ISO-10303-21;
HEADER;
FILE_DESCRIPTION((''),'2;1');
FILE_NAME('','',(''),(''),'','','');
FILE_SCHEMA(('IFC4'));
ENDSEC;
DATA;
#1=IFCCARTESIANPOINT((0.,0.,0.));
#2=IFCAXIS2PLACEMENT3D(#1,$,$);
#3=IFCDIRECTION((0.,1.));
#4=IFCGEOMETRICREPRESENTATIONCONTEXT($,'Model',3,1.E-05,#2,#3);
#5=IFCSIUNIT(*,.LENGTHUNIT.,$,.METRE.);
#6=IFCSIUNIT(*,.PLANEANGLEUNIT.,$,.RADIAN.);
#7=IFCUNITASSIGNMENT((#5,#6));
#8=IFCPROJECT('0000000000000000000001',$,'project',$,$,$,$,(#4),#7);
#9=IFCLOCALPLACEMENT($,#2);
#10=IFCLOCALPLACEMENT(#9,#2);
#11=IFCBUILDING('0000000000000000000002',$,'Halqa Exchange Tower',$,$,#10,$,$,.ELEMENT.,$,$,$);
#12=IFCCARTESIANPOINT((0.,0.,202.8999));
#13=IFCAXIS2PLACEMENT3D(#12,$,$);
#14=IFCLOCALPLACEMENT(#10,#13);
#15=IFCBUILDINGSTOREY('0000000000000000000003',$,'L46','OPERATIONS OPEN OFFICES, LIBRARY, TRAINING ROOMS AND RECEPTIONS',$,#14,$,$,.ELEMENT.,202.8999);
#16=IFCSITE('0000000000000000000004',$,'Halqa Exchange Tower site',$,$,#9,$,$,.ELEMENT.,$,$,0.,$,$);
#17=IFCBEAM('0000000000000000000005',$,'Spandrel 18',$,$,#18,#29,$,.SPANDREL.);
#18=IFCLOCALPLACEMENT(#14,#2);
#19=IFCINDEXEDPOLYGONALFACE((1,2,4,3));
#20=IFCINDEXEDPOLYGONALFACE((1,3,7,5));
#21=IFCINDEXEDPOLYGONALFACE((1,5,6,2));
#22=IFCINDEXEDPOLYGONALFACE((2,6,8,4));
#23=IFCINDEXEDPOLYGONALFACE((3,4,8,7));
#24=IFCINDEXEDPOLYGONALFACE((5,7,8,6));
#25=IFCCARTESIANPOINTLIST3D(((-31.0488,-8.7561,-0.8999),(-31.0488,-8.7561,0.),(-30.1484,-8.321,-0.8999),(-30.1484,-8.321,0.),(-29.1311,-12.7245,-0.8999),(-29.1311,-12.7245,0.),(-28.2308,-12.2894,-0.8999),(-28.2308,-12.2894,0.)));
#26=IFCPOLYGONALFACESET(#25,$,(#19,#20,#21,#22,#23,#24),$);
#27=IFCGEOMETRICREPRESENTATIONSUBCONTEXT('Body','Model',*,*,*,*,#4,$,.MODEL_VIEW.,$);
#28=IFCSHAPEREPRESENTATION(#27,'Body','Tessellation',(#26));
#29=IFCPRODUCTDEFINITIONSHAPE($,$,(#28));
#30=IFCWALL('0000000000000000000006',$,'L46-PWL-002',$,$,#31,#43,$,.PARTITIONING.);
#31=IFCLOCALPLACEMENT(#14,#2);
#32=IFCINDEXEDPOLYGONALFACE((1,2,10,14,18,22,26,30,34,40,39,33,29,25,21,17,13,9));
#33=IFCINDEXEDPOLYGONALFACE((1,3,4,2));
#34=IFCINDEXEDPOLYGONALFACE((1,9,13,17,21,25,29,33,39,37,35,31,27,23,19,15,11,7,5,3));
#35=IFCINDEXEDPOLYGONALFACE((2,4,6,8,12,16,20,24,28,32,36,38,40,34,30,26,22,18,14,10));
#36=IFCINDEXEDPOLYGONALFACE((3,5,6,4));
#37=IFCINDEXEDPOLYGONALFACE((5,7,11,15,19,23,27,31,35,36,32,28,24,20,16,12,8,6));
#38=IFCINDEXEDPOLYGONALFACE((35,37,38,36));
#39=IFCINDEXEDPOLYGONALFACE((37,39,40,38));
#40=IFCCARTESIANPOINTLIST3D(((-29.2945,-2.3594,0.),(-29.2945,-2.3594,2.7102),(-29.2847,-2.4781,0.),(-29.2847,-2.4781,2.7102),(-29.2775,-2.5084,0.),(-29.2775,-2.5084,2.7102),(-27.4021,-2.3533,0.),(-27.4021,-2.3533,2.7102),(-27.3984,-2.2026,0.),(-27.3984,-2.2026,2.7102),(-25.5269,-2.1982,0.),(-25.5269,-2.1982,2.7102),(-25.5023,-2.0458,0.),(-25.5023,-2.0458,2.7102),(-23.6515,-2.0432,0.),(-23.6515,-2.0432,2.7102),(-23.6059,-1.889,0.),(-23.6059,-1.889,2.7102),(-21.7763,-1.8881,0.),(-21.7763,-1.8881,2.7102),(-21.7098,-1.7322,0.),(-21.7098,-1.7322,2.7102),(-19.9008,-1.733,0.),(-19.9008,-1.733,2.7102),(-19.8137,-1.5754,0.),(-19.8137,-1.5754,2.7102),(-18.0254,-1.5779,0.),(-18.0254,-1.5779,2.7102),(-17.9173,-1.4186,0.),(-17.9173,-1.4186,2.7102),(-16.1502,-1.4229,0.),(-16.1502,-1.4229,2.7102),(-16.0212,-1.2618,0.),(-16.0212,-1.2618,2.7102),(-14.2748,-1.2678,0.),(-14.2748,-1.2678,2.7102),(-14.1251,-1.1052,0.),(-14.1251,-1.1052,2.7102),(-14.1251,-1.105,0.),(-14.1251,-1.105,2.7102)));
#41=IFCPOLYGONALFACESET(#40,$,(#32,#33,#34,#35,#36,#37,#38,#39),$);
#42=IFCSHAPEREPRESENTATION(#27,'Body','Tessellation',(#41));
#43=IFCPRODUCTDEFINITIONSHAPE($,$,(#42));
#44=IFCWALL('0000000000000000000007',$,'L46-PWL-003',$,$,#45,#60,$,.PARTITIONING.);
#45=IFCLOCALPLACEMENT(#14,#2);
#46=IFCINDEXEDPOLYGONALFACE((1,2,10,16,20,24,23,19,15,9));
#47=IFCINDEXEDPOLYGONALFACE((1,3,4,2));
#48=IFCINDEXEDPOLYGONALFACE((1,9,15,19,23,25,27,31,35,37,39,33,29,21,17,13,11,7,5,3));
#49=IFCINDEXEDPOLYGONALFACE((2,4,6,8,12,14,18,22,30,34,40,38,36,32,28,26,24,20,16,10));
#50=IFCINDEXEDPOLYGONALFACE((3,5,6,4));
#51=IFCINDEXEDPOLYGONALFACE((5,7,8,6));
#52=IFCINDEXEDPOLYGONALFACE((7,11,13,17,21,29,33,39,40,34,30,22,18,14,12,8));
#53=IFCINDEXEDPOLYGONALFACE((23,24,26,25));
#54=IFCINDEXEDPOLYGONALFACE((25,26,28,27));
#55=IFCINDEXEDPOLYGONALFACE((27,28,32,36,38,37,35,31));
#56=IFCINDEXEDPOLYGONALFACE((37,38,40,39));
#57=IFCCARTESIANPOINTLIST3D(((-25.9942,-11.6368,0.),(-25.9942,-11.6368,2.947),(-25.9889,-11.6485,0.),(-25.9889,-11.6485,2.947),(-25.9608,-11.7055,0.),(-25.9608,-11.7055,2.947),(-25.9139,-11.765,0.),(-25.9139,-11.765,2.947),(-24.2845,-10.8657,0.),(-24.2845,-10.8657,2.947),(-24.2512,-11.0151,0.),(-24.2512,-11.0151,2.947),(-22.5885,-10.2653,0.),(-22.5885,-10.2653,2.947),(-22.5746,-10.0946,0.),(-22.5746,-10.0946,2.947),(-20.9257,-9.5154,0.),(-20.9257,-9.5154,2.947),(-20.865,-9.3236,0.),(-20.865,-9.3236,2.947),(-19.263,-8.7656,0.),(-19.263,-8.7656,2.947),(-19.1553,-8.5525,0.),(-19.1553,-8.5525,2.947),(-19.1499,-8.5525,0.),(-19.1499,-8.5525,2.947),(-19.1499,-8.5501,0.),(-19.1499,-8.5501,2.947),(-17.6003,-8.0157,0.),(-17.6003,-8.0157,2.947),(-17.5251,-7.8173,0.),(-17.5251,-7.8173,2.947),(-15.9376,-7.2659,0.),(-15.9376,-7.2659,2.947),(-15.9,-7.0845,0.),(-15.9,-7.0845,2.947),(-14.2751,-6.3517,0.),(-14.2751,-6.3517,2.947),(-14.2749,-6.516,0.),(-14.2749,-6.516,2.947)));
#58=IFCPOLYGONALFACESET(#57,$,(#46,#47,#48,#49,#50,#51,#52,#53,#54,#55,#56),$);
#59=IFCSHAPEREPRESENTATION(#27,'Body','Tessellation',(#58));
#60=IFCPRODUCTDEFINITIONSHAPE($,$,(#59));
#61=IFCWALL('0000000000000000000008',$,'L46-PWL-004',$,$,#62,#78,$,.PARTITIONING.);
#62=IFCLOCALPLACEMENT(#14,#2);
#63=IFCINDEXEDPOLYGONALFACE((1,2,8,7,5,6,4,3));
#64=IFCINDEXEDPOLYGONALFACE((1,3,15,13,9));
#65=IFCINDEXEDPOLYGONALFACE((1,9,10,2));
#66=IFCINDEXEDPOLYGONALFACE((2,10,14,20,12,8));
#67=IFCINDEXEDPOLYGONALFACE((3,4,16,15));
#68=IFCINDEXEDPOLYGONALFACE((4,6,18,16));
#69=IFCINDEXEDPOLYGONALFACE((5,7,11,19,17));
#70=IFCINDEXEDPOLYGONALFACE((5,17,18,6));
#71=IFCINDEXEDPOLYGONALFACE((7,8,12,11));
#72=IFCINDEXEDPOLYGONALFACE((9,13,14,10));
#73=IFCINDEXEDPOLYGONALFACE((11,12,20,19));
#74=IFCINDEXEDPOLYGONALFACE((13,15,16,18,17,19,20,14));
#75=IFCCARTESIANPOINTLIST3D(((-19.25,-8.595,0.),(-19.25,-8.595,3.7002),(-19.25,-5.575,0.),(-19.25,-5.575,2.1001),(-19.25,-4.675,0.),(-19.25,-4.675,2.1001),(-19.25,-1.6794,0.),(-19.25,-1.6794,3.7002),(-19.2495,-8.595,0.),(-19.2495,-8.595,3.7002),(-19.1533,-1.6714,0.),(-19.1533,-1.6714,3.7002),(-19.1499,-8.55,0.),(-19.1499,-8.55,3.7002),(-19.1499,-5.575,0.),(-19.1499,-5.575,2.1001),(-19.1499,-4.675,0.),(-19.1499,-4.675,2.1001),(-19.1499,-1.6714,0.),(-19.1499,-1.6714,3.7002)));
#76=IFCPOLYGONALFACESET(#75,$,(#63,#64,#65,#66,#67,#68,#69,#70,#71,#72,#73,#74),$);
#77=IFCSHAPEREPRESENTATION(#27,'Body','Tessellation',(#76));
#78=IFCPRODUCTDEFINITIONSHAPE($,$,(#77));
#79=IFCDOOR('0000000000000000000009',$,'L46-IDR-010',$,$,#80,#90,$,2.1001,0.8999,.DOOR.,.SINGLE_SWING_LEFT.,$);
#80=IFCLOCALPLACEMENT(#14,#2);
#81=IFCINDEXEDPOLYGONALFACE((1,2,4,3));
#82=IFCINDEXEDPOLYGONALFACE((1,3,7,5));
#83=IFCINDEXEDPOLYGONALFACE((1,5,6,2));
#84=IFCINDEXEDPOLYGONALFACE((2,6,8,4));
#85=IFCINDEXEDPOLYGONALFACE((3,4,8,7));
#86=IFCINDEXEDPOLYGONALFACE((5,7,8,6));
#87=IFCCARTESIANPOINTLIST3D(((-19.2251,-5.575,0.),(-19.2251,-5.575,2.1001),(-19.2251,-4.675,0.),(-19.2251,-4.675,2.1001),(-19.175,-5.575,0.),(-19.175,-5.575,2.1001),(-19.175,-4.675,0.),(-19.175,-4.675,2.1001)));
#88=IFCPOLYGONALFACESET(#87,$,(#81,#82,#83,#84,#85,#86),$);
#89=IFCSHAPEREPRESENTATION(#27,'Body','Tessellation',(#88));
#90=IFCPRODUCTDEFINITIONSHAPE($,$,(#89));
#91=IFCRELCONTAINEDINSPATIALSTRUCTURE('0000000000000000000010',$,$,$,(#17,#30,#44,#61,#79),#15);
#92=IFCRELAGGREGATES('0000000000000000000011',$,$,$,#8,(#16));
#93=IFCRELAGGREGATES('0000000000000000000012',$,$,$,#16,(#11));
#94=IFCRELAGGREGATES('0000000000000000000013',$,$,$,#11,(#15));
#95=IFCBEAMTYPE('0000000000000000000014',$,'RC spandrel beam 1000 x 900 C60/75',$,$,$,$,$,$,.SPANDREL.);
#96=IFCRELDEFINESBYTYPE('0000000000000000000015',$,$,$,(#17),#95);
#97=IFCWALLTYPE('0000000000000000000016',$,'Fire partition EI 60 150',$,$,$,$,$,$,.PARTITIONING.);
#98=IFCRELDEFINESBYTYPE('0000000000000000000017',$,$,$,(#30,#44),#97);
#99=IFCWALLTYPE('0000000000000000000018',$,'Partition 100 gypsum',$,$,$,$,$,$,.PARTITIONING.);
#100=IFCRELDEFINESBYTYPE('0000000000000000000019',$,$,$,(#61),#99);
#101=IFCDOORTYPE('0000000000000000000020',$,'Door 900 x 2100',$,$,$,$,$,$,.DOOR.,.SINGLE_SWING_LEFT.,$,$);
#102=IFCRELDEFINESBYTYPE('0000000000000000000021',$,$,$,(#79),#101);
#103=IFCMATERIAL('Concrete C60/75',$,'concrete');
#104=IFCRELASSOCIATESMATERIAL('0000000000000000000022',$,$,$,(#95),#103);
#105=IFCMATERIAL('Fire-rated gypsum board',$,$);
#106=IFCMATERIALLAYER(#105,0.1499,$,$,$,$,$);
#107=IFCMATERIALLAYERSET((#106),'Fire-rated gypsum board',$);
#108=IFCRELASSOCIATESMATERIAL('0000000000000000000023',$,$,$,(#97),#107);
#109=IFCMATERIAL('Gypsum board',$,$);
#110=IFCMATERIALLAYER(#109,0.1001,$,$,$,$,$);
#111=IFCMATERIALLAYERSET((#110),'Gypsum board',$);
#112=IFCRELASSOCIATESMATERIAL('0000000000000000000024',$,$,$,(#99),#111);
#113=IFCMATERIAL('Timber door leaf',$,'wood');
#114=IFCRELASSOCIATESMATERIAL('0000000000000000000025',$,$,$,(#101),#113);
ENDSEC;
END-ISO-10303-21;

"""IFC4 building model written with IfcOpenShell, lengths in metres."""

from ifc_helpers import new_model, si_unit, direction, frame, frame_2d, origin, origin_2d, place, context, subcontext, project, spatial, polyline, rectangle, outline, extrude, material, layer, layer_set, material_profile, profile_set, type_object, element, fill, save


model = new_model("IFC4")

# Units and contexts
model_context = context("Model", 3, precision=1e-05, world=origin(), true_north=direction((0.0, 1.0)))
body_context = subcontext(model_context, "Body", "Model", "MODEL_VIEW")
ifc_project = project(units=[si_unit("LENGTHUNIT", "METRE"), si_unit("PLANEANGLEUNIT", "RADIAN")], contexts=[model_context])

# Site, building, storey
site_placement = place(None, origin())
site = spatial("IfcSite", under=ifc_project, at=site_placement, Name="Halqa Exchange Tower site", CompositionType="ELEMENT", RefElevation=0.0)
building_placement = place(site_placement, origin())
building = spatial("IfcBuilding", under=site, at=building_placement, Name="Halqa Exchange Tower", CompositionType="ELEMENT")
storey_placement = place(building_placement, frame((0.0, 0.0, 202.8999)))
storey = spatial("IfcBuildingStorey", under=building, at=storey_placement, Name="L46", Description="OPERATIONS OPEN OFFICES, LIBRARY, TRAINING ROOMS AND RECEPTIONS", CompositionType="ELEMENT", Elevation=202.8999)

# Shared definitions
ifc_material_1 = material(Name="Concrete C60/75", Category="concrete")

# Beam
ifc_material_profile_1 = material_profile(ifc_material_1, rectangle(XDim=1.0, YDim=0.8999, at=origin_2d()), Name="1000 x 900")
ifc_profile_set_1 = profile_set([ifc_material_profile_1], Name="Concrete C60/75")
beam_type_1 = type_object("IfcBeamType", Name="RC spandrel beam 1000 x 900 C60/75", PredefinedType="SPANDREL", material=ifc_profile_set_1)
beam_1_placement = place(storey_placement, frame((-30.5986, -8.5386, -0.45), z_axis=(0.435098, -0.900383, 0.0), x_axis=(0.900383, 0.435098, 0.0)))
element("IfcBeam", 1, at=beam_1_placement, inside=storey, type_object=beam_type_1, Name="Spandrel 18", PredefinedType="SPANDREL", context=body_context, shape_type="SweptSolid", body=[
    extrude(rectangle(XDim=1.0, YDim=0.8999, at=origin_2d()), origin(), (0.0, 0.0, 1.0), 4.4075),
])

# Walls
ifc_material_2 = material(Name="Fire-rated gypsum board")
ifc_layer_1 = layer(ifc_material_2, 0.1499)
ifc_layer_set_1 = layer_set([ifc_layer_1], Name="Fire-rated gypsum board")
wall_type_1 = type_object("IfcWallType", Name="Fire partition EI 60 150", PredefinedType="PARTITIONING", material=ifc_layer_set_1)
wall_1_placement = place(storey_placement, frame((-29.2883, -2.4341, 0.0), z_axis=(0.0, 0.0, 1.0), x_axis=(0.996598, 0.082411, 0.0)))
element("IfcWall", 2, at=wall_1_placement, inside=storey, type_object=wall_type_1, Name="L46-PWL-002", PredefinedType="PARTITIONING", context=body_context, shape_type="SweptSolid", body=[
    extrude(outline(polyline([(0.0046, -0.075), (1.8865, -0.075), (3.7681, -0.075), (5.6499, -0.075), (7.5315, -0.075), (9.4133, -0.075), (11.2952, -0.075), (13.1768, -0.075), (15.0586, -0.075), (15.2212, 0.0747), (15.2212, 0.075), (13.3186, 0.075), (11.416, 0.075), (9.5132, 0.075), (7.6106, 0.075), (5.708, 0.075), (3.8052, 0.075), (1.9026, 0.075), (0.0, 0.075), (0.0, -0.0442), (0.0046, -0.075)])), origin(), (0.0, 0.0, 1.0), 2.7102),
])
wall_2_placement = place(storey_placement, frame((-25.9634, -11.7051, 0.0), z_axis=(0.0, 0.0, 1.0), x_axis=(0.911586, 0.411108, 0.0)))
element("IfcWall", 3, at=wall_2_placement, inside=storey, type_object=wall_type_1, Name="L46-PWL-003", PredefinedType="PARTITIONING", context=body_context, shape_type="SweptSolid", body=[
    extrude(outline(polyline([(0.0205, -0.075), (1.8445, -0.075), (3.6685, -0.075), (5.4924, -0.075), (7.3164, -0.075), (9.1404, -0.075), (10.9644, -0.075), (12.7883, -0.075), (12.8557, 0.075), (11.0732, 0.075), (9.2905, 0.075), (7.5081, 0.075), (7.5071, 0.0728), (7.5022, 0.075), (5.6267, 0.075), (3.7512, 0.075), (1.8755, 0.075), (0.0, 0.075), (0.0, 0.062), (0.0022, -0.0015), (0.0205, -0.075)])), origin(), (0.0, 0.0, 1.0), 2.947),
])

# Wall, opening, door
ifc_material_3 = material(Name="Gypsum board")
ifc_layer_2 = layer(ifc_material_3, 0.1001)
ifc_layer_set_2 = layer_set([ifc_layer_2], Name="Gypsum board")
wall_type_2 = type_object("IfcWallType", Name="Partition 100 gypsum", PredefinedType="PARTITIONING", material=ifc_layer_set_2)
wall_3_placement = place(storey_placement, frame((-19.2, -8.595, 0.0), z_axis=(0.0, 0.0, 1.0), x_axis=(0.0, 1.0, 0.0)))
wall_3 = element("IfcWall", 4, at=wall_3_placement, inside=storey, type_object=wall_type_2, Name="L46-PWL-004", PredefinedType="PARTITIONING", context=body_context, shape_type="SweptSolid", body=[
    extrude(outline(polyline([(6.9236, -0.05), (6.9236, -0.0466), (6.9155, 0.05), (5.1868, 0.05), (3.4578, 0.05), (1.729, 0.05), (0.0, 0.05), (0.0, 0.0496), (0.0449, -0.05), (1.7646, -0.05), (3.4844, -0.05), (5.2039, -0.05), (6.9236, -0.05)])), origin(), (0.0, 0.0, 1.0), 3.7002),
])
opening_1_placement = place(wall_3_placement, frame((3.02, 0.0, 0.0)))
opening_1 = element("IfcOpeningElement", 5, at=opening_1_placement, cuts=wall_3, PredefinedType="OPENING", context=body_context, shape_type="SweptSolid", body=[
    extrude(rectangle(XDim=0.8999, YDim=2.1001, at=frame_2d((0.45, 1.05))), frame((0.0, 0.062, 0.0), z_axis=(0.0, -1.0, 0.0), x_axis=(1.0, 0.0, 0.0)), (0.0, 0.0, 1.0), 0.124),
])
ifc_material_4 = material(Name="Timber door leaf", Category="wood")
door_type_1 = type_object("IfcDoorType", Name="Door 900 x 2100", OperationType="SINGLE_SWING_LEFT", PredefinedType="DOOR", material=ifc_material_4)
door_1_placement = place(opening_1_placement, frame((0.8999, 0.0, 0.0), z_axis=(0.0, 0.0, 1.0), x_axis=(-1.0, 0.0, 0.0)))
door_1 = element("IfcDoor", 6, at=door_1_placement, inside=storey, type_object=door_type_1, Name="L46-IDR-010", OperationType="SINGLE_SWING_LEFT", OverallHeight=2.1001, OverallWidth=0.8999, PredefinedType="DOOR", context=body_context, shape_type="SweptSolid", body=[
    extrude(rectangle(XDim=0.8999, YDim=2.1001, at=frame_2d((0.45, 1.05))), frame((0.0, 0.0249, 0.0), z_axis=(0.0, -1.0, 0.0), x_axis=(1.0, 0.0, 0.0)), (0.0, 0.0, 1.0), 0.05),
])
fill(opening_1, door_1)

save(model, "model.ifc")
